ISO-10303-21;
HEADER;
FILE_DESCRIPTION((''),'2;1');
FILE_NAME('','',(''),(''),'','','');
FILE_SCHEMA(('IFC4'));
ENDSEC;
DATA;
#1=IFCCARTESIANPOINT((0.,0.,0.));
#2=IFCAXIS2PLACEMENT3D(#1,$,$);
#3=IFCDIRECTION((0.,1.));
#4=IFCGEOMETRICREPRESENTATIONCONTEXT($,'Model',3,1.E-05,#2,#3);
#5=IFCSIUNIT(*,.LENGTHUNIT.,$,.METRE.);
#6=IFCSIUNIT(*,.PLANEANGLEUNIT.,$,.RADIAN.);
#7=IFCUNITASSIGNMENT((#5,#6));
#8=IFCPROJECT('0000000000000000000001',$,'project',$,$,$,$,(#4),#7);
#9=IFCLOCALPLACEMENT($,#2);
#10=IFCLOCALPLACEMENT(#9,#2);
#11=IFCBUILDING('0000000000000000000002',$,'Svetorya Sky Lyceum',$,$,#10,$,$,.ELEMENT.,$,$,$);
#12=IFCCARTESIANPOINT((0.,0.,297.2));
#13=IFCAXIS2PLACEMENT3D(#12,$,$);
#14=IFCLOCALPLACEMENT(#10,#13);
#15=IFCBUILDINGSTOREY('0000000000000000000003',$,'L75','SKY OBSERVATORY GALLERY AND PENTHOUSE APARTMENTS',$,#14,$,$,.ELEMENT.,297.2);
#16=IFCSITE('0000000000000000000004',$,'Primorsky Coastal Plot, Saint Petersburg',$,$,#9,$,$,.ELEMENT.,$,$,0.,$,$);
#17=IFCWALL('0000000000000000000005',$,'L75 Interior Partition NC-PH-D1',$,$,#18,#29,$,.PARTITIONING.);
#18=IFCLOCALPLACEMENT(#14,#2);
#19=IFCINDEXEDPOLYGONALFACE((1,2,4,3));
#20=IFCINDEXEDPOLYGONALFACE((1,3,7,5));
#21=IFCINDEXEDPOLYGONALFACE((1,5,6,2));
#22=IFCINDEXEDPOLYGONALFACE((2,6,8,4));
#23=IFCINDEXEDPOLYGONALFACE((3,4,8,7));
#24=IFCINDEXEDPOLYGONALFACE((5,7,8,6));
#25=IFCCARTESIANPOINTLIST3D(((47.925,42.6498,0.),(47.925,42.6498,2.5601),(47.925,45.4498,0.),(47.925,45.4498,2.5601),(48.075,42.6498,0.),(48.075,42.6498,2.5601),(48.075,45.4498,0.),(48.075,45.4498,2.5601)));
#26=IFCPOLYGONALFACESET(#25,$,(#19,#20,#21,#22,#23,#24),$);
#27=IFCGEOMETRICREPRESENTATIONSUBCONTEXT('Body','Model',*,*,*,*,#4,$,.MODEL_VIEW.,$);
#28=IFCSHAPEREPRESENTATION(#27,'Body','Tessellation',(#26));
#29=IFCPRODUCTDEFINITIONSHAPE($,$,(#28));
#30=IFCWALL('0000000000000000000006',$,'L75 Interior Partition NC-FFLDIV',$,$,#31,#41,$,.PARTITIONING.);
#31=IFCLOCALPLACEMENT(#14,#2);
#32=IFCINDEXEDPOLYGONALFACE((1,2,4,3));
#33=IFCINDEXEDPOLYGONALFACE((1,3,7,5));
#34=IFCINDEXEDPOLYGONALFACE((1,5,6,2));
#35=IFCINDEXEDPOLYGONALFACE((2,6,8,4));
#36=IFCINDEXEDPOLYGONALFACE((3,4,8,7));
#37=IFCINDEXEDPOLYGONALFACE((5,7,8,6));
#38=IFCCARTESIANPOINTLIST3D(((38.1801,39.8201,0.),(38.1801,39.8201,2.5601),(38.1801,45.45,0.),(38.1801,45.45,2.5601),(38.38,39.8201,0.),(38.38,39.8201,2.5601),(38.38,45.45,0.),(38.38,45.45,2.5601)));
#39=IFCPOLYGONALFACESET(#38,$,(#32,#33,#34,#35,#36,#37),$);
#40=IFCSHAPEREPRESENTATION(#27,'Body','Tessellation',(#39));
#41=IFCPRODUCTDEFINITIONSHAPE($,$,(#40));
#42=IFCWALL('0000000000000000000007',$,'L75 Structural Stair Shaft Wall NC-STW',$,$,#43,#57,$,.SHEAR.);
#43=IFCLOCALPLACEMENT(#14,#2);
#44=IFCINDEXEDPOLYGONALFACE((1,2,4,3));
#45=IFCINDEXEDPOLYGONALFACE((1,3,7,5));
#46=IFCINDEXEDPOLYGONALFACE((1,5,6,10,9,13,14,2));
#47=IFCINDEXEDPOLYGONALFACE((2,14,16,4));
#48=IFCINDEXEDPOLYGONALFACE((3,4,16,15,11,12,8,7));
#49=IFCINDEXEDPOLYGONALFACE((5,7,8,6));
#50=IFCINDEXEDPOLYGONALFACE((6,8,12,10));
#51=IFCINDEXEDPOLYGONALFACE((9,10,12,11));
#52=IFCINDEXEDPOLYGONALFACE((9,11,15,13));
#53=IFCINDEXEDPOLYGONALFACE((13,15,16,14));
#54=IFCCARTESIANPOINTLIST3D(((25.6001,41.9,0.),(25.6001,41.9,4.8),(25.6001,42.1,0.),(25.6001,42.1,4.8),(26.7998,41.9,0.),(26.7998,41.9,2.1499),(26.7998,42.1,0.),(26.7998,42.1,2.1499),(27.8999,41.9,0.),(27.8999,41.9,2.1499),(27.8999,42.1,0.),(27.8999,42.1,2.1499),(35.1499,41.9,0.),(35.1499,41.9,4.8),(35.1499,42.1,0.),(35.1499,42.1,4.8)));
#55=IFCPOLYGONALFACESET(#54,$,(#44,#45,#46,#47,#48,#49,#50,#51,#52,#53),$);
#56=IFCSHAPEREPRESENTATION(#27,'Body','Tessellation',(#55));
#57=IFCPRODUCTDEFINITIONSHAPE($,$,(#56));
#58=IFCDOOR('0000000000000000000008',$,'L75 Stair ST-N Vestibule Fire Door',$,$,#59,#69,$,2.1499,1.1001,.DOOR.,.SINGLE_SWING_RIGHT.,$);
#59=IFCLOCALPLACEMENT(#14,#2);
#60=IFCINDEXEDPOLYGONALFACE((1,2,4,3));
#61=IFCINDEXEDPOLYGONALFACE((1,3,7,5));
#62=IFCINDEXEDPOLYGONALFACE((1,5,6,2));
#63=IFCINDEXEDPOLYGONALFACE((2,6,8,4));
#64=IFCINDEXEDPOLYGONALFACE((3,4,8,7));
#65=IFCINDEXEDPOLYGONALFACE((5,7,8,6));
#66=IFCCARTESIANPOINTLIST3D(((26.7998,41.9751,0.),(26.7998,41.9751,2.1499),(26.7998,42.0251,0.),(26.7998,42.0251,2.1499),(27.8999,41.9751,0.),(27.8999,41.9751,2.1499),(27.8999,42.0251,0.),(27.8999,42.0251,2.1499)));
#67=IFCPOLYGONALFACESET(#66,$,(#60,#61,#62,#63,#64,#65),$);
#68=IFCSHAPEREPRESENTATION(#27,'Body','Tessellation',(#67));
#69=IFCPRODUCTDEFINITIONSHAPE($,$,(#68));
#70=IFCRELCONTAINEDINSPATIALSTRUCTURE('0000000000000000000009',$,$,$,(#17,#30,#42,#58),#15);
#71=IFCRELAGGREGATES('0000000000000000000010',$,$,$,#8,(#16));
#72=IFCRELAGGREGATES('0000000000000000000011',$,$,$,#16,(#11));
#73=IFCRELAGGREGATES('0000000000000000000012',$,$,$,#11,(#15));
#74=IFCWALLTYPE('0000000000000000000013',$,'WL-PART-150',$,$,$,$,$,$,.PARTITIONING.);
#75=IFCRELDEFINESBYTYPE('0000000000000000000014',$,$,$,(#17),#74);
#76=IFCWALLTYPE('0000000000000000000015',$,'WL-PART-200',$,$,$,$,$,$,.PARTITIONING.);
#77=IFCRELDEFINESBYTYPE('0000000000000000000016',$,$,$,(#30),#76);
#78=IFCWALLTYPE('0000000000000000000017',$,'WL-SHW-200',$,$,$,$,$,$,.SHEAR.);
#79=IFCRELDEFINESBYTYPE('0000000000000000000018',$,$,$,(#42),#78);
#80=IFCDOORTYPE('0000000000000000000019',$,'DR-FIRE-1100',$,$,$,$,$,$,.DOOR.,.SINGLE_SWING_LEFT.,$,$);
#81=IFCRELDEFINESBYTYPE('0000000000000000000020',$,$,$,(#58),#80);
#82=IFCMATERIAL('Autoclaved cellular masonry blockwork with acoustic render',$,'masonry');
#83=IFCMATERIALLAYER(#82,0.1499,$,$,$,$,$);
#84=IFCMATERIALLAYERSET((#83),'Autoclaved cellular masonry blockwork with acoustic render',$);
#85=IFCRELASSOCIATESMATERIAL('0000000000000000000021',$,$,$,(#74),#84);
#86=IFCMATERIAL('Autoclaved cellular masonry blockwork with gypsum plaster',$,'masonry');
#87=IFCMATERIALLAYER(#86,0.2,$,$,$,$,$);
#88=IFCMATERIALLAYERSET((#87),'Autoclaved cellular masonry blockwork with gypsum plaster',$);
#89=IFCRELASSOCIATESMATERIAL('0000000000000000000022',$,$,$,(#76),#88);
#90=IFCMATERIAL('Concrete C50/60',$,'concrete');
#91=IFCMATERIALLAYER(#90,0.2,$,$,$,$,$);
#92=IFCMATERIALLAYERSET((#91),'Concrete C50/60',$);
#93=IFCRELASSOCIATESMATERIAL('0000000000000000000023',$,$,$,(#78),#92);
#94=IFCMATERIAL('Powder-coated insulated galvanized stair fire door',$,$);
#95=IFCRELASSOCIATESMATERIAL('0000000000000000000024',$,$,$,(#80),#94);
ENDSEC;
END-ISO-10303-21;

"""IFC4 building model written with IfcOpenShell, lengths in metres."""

from ifc_helpers import new_model, si_unit, direction, frame, frame_2d, origin, place, context, subcontext, project, spatial, rectangle, extrude, material, layer, layer_set, type_object, element, fill, save


model = new_model("IFC4")

# Units and contexts
model_context = context("Model", 3, precision=1e-05, world=origin(), true_north=direction((0.0, 1.0)))
body_context = subcontext(model_context, "Body", "Model", "MODEL_VIEW")
ifc_project = project(units=[si_unit("LENGTHUNIT", "METRE"), si_unit("PLANEANGLEUNIT", "RADIAN")], contexts=[model_context])

# Site, building, storey
site_placement = place(None, origin())
site = spatial("IfcSite", under=ifc_project, at=site_placement, Name="Primorsky Coastal Plot, Saint Petersburg", CompositionType="ELEMENT", RefElevation=0.0)
building_placement = place(site_placement, origin())
building = spatial("IfcBuilding", under=site, at=building_placement, Name="Svetorya Sky Lyceum", CompositionType="ELEMENT")
storey_placement = place(building_placement, frame((0.0, 0.0, 297.2)))
storey = spatial("IfcBuildingStorey", under=building, at=storey_placement, Name="L75", Description="SKY OBSERVATORY GALLERY AND PENTHOUSE APARTMENTS", CompositionType="ELEMENT", Elevation=297.2)

# Wall
ifc_material_1 = material(Name="Autoclaved cellular masonry blockwork with acoustic render", Category="masonry")
ifc_layer_1 = layer(ifc_material_1, 0.1499)
ifc_layer_set_1 = layer_set([ifc_layer_1], Name="Autoclaved cellular masonry blockwork with acoustic render")
wall_type_1 = type_object("IfcWallType", Name="WL-PART-150", PredefinedType="PARTITIONING", material=ifc_layer_set_1)
wall_1_placement = place(storey_placement, frame((48.0, 42.6499, 0.0), z_axis=(0.0, 0.0, 1.0), x_axis=(0.0, 1.0, 0.0)))
element("IfcWall", 1, at=wall_1_placement, inside=storey, type_object=wall_type_1, Name="L75 Interior Partition NC-PH-D1", PredefinedType="PARTITIONING", context=body_context, shape_type="SweptSolid", body=[
    extrude(rectangle(XDim=2.8, YDim=0.1499, at=frame_2d((1.3999, 0.0))), origin(), (0.0, 0.0, 1.0), 2.5601),
])

# Shared definitions
ifc_material_2 = material(Name="Autoclaved cellular masonry blockwork with gypsum plaster", Category="masonry")
ifc_layer_2 = layer(ifc_material_2, 0.2)
ifc_layer_set_2 = layer_set([ifc_layer_2], Name="Autoclaved cellular masonry blockwork with gypsum plaster")
wall_type_2 = type_object("IfcWallType", Name="WL-PART-200", PredefinedType="PARTITIONING", material=ifc_layer_set_2)

# Wall
wall_2_placement = place(storey_placement, frame((38.28, 39.8201, 0.0), z_axis=(0.0, 0.0, 1.0), x_axis=(0.0, 1.0, 0.0)))
element("IfcWall", 2, at=wall_2_placement, inside=storey, type_object=wall_type_2, Name="L75 Interior Partition NC-FFLDIV", PredefinedType="PARTITIONING", context=body_context, shape_type="SweptSolid", body=[
    extrude(rectangle(XDim=5.6299, YDim=0.2, at=frame_2d((2.8149, 0.0))), origin(), (0.0, 0.0, 1.0), 2.5601),
])

# Wall, opening, door
ifc_material_3 = material(Name="Concrete C50/60", Category="concrete")
ifc_layer_3 = layer(ifc_material_3, 0.2)
ifc_layer_set_3 = layer_set([ifc_layer_3], Name="Concrete C50/60")
wall_type_3 = type_object("IfcWallType", Name="WL-SHW-200", PredefinedType="SHEAR", material=ifc_layer_set_3)
wall_3_placement = place(storey_placement, frame((35.1499, 42.0, 0.0), z_axis=(0.0, 0.0, 1.0), x_axis=(-1.0, 0.0, 0.0)))
wall_3 = element("IfcWall", 3, at=wall_3_placement, inside=storey, type_object=wall_type_3, Name="L75 Structural Stair Shaft Wall NC-STW", PredefinedType="SHEAR", context=body_context, shape_type="SweptSolid", body=[
    extrude(rectangle(XDim=9.5498, YDim=0.2, at=frame_2d((4.7749, 0.0))), origin(), (0.0, 0.0, 1.0), 4.8),
])
opening_1_placement = place(wall_3_placement, frame((7.25, 0.0, 0.0)))
opening_1 = element("IfcOpeningElement", 4, at=opening_1_placement, cuts=wall_3, PredefinedType="OPENING", context=body_context, shape_type="SweptSolid", body=[
    extrude(rectangle(XDim=1.1001, YDim=2.1499, at=frame_2d((0.55, 1.075))), frame((0.0, 0.1099, 0.0), z_axis=(0.0, -1.0, 0.0), x_axis=(1.0, 0.0, 0.0)), (0.0, 0.0, 1.0), 0.22),
])
ifc_material_4 = material(Name="Powder-coated insulated galvanized stair fire door")
door_type_1 = type_object("IfcDoorType", Name="DR-FIRE-1100", OperationType="SINGLE_SWING_LEFT", PredefinedType="DOOR", material=ifc_material_4)
door_1_placement = place(opening_1_placement, origin())
door_1 = element("IfcDoor", 5, at=door_1_placement, inside=storey, type_object=door_type_1, Name="L75 Stair ST-N Vestibule Fire Door", OperationType="SINGLE_SWING_RIGHT", OverallHeight=2.1499, OverallWidth=1.1001, PredefinedType="DOOR", context=body_context, shape_type="SweptSolid", body=[
    extrude(rectangle(XDim=1.1001, YDim=2.1499, at=frame_2d((0.55, 1.075))), frame((0.0, 0.0249, 0.0), z_axis=(0.0, -1.0, 0.0), x_axis=(1.0, 0.0, 0.0)), (0.0, 0.0, 1.0), 0.05),
])
fill(opening_1, door_1)

save(model, "model.ifc")
